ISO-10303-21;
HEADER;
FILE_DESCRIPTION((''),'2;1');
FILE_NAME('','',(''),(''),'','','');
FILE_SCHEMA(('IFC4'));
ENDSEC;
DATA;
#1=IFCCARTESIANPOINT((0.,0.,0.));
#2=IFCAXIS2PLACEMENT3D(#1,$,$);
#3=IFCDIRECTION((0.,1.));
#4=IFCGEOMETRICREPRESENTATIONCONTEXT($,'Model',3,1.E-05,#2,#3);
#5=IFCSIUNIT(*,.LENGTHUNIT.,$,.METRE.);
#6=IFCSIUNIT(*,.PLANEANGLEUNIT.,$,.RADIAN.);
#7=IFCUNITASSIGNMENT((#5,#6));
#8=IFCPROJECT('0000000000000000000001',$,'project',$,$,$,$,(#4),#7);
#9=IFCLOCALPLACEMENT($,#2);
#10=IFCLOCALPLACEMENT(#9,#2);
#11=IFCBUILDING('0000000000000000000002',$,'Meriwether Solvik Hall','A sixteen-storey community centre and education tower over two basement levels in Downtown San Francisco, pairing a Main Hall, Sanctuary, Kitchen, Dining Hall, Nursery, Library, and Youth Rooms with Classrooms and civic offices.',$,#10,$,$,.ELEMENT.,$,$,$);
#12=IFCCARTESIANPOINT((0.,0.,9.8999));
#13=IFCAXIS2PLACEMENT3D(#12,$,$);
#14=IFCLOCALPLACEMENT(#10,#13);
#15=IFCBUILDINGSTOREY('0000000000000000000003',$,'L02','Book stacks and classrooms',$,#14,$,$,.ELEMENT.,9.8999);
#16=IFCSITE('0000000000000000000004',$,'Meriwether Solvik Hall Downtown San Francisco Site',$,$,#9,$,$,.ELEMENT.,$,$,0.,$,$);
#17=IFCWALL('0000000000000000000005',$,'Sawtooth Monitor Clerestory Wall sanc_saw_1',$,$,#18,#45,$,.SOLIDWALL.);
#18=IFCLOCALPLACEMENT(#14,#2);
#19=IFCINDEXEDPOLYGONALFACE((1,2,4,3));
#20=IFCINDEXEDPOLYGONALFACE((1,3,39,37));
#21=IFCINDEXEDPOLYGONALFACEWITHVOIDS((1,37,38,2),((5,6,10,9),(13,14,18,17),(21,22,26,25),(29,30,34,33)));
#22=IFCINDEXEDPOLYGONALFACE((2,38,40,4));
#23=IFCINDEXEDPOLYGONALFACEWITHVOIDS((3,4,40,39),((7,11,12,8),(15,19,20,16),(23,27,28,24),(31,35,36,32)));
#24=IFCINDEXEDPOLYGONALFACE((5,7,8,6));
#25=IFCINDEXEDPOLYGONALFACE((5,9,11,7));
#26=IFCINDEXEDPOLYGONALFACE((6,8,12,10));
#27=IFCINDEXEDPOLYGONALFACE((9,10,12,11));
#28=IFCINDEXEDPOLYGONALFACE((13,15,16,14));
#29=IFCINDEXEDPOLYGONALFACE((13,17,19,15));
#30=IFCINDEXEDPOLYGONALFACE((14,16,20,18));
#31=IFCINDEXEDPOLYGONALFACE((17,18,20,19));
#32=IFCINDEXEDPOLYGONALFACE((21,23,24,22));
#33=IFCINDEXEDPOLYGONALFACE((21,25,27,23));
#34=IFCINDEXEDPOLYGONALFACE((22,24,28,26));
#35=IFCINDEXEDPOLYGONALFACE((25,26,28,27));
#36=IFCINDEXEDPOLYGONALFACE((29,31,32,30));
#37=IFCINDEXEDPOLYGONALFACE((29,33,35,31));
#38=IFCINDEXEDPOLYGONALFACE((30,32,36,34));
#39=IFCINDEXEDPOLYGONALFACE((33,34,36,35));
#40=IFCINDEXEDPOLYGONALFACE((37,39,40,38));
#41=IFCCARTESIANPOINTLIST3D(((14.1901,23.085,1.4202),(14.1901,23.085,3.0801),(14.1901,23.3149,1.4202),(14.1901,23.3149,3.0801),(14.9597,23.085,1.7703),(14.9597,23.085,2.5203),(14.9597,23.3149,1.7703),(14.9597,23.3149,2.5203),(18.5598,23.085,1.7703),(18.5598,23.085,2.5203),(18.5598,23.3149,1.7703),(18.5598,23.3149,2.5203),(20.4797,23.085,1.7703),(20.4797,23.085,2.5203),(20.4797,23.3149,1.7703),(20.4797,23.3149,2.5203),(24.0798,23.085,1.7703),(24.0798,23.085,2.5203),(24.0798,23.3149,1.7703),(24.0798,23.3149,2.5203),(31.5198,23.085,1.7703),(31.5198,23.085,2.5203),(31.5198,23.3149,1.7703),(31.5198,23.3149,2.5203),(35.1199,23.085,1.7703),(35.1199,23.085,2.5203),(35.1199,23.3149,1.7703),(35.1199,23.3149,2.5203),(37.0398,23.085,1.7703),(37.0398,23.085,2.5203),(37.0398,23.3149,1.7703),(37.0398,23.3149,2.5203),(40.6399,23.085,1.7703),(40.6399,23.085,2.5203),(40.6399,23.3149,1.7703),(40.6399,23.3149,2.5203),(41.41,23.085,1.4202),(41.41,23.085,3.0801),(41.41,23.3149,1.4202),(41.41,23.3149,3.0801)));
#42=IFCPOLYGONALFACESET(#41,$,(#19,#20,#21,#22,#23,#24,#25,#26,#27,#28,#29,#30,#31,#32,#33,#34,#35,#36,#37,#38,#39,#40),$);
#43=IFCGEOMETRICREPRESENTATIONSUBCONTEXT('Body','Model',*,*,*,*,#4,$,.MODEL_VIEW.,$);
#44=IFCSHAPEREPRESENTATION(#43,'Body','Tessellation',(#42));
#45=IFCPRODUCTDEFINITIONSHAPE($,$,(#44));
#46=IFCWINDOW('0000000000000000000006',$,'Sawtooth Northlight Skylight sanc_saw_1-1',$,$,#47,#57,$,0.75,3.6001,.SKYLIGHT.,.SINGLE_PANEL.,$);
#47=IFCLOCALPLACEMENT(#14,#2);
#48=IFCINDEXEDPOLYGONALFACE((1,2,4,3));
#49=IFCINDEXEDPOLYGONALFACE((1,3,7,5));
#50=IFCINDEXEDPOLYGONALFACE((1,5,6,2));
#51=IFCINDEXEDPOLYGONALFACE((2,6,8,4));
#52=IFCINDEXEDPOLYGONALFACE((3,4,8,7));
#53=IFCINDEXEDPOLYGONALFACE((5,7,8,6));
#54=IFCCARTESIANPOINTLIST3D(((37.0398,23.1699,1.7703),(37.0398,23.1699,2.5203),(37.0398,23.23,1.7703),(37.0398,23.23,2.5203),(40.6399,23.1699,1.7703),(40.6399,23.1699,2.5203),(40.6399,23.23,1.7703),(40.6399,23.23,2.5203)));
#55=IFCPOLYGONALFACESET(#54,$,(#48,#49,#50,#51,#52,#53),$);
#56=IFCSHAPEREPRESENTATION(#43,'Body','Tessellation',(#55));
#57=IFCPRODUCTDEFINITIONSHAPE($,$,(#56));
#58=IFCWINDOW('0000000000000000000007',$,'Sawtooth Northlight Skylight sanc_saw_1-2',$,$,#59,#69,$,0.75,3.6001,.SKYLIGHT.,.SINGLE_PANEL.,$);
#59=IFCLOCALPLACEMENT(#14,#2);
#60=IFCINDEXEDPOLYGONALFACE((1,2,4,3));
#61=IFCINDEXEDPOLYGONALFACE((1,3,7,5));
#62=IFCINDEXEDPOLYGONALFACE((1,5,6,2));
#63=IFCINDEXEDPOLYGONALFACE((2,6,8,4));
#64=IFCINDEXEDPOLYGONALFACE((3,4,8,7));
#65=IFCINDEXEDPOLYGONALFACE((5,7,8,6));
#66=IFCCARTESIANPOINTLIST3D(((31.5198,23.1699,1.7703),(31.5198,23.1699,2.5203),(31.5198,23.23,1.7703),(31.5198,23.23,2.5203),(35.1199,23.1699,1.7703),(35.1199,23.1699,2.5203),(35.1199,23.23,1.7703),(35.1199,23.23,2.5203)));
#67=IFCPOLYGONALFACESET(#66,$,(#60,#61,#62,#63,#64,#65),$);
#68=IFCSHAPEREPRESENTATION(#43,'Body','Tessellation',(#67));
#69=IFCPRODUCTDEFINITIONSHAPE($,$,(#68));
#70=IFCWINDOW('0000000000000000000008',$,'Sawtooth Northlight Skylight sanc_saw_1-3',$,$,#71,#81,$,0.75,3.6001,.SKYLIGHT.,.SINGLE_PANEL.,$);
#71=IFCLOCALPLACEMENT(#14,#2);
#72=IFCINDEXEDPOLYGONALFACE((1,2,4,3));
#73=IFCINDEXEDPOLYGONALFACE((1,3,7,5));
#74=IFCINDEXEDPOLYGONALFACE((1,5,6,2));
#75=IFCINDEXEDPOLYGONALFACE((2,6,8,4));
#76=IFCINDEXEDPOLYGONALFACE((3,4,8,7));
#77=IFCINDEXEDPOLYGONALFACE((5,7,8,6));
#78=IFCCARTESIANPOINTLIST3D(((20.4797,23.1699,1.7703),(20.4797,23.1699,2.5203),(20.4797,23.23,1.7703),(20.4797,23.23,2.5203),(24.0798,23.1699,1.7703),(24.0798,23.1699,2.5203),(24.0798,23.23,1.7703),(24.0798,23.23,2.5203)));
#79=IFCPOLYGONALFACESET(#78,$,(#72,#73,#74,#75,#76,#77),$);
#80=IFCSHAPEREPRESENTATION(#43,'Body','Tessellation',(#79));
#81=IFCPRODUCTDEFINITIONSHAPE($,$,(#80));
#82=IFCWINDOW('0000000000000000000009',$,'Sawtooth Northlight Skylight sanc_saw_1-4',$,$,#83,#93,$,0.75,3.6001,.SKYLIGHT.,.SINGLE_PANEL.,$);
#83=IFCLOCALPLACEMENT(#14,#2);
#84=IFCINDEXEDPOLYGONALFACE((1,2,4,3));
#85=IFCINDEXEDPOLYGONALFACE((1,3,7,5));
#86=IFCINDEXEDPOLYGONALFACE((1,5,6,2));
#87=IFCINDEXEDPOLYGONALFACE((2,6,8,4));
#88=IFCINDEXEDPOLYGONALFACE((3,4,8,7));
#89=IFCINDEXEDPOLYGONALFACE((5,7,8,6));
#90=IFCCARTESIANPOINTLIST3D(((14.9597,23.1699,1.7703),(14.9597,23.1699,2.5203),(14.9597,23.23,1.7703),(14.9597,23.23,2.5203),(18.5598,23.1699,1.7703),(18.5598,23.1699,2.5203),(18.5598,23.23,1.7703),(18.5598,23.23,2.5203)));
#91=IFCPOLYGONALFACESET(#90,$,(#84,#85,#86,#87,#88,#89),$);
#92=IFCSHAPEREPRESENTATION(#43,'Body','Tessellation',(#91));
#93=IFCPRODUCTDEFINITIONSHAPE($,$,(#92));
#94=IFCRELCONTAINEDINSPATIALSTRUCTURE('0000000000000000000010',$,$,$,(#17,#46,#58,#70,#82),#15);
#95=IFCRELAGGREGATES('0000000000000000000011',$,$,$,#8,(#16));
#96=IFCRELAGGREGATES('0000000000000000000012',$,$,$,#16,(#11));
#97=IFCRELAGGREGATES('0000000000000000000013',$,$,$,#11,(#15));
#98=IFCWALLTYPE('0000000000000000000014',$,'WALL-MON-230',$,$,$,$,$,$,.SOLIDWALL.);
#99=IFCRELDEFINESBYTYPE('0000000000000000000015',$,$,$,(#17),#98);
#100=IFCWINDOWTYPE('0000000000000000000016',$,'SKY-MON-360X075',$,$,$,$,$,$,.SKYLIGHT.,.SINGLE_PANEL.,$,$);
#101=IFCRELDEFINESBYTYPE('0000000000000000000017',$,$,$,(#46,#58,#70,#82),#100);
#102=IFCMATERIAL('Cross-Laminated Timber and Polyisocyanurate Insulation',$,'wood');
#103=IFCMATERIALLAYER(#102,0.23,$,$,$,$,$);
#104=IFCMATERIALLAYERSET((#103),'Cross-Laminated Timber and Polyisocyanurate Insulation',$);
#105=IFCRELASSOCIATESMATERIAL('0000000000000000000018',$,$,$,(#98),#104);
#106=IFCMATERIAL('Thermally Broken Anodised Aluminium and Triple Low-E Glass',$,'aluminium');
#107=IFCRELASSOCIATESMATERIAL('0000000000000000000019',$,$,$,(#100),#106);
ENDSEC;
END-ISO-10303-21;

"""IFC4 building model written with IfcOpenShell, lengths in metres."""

from ifc_helpers import new_model, si_unit, direction, frame, frame_2d, origin, place, context, subcontext, project, spatial, rectangle, extrude, material, layer, layer_set, type_object, element, fill, save


model = new_model("IFC4")

# Units and contexts
model_context = context("Model", 3, precision=1e-05, world=origin(), true_north=direction((0.0, 1.0)))
body_context = subcontext(model_context, "Body", "Model", "MODEL_VIEW")
ifc_project = project(units=[si_unit("LENGTHUNIT", "METRE"), si_unit("PLANEANGLEUNIT", "RADIAN")], contexts=[model_context])

# Site, building, storey
site_placement = place(None, origin())
site = spatial("IfcSite", under=ifc_project, at=site_placement, Name="Meriwether Solvik Hall Downtown San Francisco Site", CompositionType="ELEMENT", RefElevation=0.0)
building_placement = place(site_placement, origin())
building = spatial("IfcBuilding", under=site, at=building_placement, Name="Meriwether Solvik Hall", Description="A sixteen-storey community centre and education tower over two basement levels in Downtown San Francisco, pairing a Main Hall, Sanctuary, Kitchen, Dining Hall, Nursery, Library, and Youth Rooms with Classrooms and civic offices.", CompositionType="ELEMENT")
storey_placement = place(building_placement, frame((0.0, 0.0, 9.8999)))
storey = spatial("IfcBuildingStorey", under=building, at=storey_placement, Name="L02", Description="Book stacks and classrooms", CompositionType="ELEMENT", Elevation=9.8999)

# Wall, openings, windows
ifc_material_1 = material(Name="Cross-Laminated Timber and Polyisocyanurate Insulation", Category="wood")
ifc_layer_1 = layer(ifc_material_1, 0.23)
ifc_layer_set_1 = layer_set([ifc_layer_1], Name="Cross-Laminated Timber and Polyisocyanurate Insulation")
wall_type_1 = type_object("IfcWallType", Name="WALL-MON-230", PredefinedType="SOLIDWALL", material=ifc_layer_set_1)
wall_1_placement = place(storey_placement, frame((41.4099, 23.2, 1.4202), z_axis=(0.0, 0.0, 1.0), x_axis=(-1.0, 0.0, 0.0)))
wall_1 = element("IfcWall", 1, at=wall_1_placement, inside=storey, type_object=wall_type_1, Name="Sawtooth Monitor Clerestory Wall sanc_saw_1", PredefinedType="SOLIDWALL", context=body_context, shape_type="SweptSolid", body=[
    extrude(rectangle(XDim=27.22, YDim=0.23, at=frame_2d((13.6099, 0.0))), origin(), (0.0, 0.0, 1.0), 1.6599),
])
opening_1_placement = place(wall_1_placement, frame((0.77, 0.0, 0.3501)))
opening_1 = element("IfcOpeningElement", 2, at=opening_1_placement, cuts=wall_1, PredefinedType="OPENING", context=body_context, shape_type="SweptSolid", body=[
    extrude(rectangle(XDim=3.6001, YDim=0.75, at=frame_2d((1.8, 0.375))), frame((0.0, 0.127, 0.0), z_axis=(0.0, -1.0, 0.0), x_axis=(1.0, 0.0, 0.0)), (0.0, 0.0, 1.0), 0.2539),
])
opening_2_placement = place(wall_1_placement, frame((6.29, 0.0, 0.3501)))
opening_2 = element("IfcOpeningElement", 3, at=opening_2_placement, cuts=wall_1, PredefinedType="OPENING", context=body_context, shape_type="SweptSolid", body=[
    extrude(rectangle(XDim=3.6001, YDim=0.75, at=frame_2d((1.8, 0.375))), frame((0.0, 0.127, 0.0), z_axis=(0.0, -1.0, 0.0), x_axis=(1.0, 0.0, 0.0)), (0.0, 0.0, 1.0), 0.2539),
])
opening_3_placement = place(wall_1_placement, frame((17.3301, 0.0, 0.3501)))
opening_3 = element("IfcOpeningElement", 4, at=opening_3_placement, cuts=wall_1, PredefinedType="OPENING", context=body_context, shape_type="SweptSolid", body=[
    extrude(rectangle(XDim=3.6001, YDim=0.75, at=frame_2d((1.8, 0.375))), frame((0.0, 0.127, 0.0), z_axis=(0.0, -1.0, 0.0), x_axis=(1.0, 0.0, 0.0)), (0.0, 0.0, 1.0), 0.2539),
])
opening_4_placement = place(wall_1_placement, frame((22.8501, 0.0, 0.3501)))
opening_4 = element("IfcOpeningElement", 5, at=opening_4_placement, cuts=wall_1, PredefinedType="OPENING", context=body_context, shape_type="SweptSolid", body=[
    extrude(rectangle(XDim=3.6001, YDim=0.75, at=frame_2d((1.8, 0.375))), frame((0.0, 0.127, 0.0), z_axis=(0.0, -1.0, 0.0), x_axis=(1.0, 0.0, 0.0)), (0.0, 0.0, 1.0), 0.2539),
])
ifc_material_2 = material(Name="Thermally Broken Anodised Aluminium and Triple Low-E Glass", Category="aluminium")
window_type = type_object("IfcWindowType", Name="SKY-MON-360X075", PartitioningType="SINGLE_PANEL", PredefinedType="SKYLIGHT", material=ifc_material_2)
window_1_placement = place(opening_1_placement, origin())
window_1 = element("IfcWindow", 6, at=window_1_placement, inside=storey, type_object=window_type, Name="Sawtooth Northlight Skylight sanc_saw_1-1", OverallHeight=0.75, OverallWidth=3.6001, PartitioningType="SINGLE_PANEL", PredefinedType="SKYLIGHT", context=body_context, shape_type="SweptSolid", body=[
    extrude(rectangle(XDim=3.6001, YDim=0.75, at=frame_2d((1.8, 0.375))), frame((0.0, 0.03, 0.0), z_axis=(0.0, -1.0, 0.0), x_axis=(1.0, 0.0, 0.0)), (0.0, 0.0, 1.0), 0.0601),
])
fill(opening_1, window_1)
window_2_placement = place(opening_2_placement, origin())
window_2 = element("IfcWindow", 7, at=window_2_placement, inside=storey, type_object=window_type, Name="Sawtooth Northlight Skylight sanc_saw_1-2", OverallHeight=0.75, OverallWidth=3.6001, PartitioningType="SINGLE_PANEL", PredefinedType="SKYLIGHT", context=body_context, shape_type="SweptSolid", body=[
    extrude(rectangle(XDim=3.6001, YDim=0.75, at=frame_2d((1.8, 0.375))), frame((0.0, 0.03, 0.0), z_axis=(0.0, -1.0, 0.0), x_axis=(1.0, 0.0, 0.0)), (0.0, 0.0, 1.0), 0.0601),
])
fill(opening_2, window_2)
window_3_placement = place(opening_3_placement, origin())
window_3 = element("IfcWindow", 8, at=window_3_placement, inside=storey, type_object=window_type, Name="Sawtooth Northlight Skylight sanc_saw_1-3", OverallHeight=0.75, OverallWidth=3.6001, PartitioningType="SINGLE_PANEL", PredefinedType="SKYLIGHT", context=body_context, shape_type="SweptSolid", body=[
    extrude(rectangle(XDim=3.6001, YDim=0.75, at=frame_2d((1.8, 0.375))), frame((0.0, 0.03, 0.0), z_axis=(0.0, -1.0, 0.0), x_axis=(1.0, 0.0, 0.0)), (0.0, 0.0, 1.0), 0.0601),
])
fill(opening_3, window_3)
window_4_placement = place(opening_4_placement, origin())
window_4 = element("IfcWindow", 9, at=window_4_placement, inside=storey, type_object=window_type, Name="Sawtooth Northlight Skylight sanc_saw_1-4", OverallHeight=0.75, OverallWidth=3.6001, PartitioningType="SINGLE_PANEL", PredefinedType="SKYLIGHT", context=body_context, shape_type="SweptSolid", body=[
    extrude(rectangle(XDim=3.6001, YDim=0.75, at=frame_2d((1.8, 0.375))), frame((0.0, 0.03, 0.0), z_axis=(0.0, -1.0, 0.0), x_axis=(1.0, 0.0, 0.0)), (0.0, 0.0, 1.0), 0.0601),
])
fill(opening_4, window_4)

save(model, "model.ifc")
